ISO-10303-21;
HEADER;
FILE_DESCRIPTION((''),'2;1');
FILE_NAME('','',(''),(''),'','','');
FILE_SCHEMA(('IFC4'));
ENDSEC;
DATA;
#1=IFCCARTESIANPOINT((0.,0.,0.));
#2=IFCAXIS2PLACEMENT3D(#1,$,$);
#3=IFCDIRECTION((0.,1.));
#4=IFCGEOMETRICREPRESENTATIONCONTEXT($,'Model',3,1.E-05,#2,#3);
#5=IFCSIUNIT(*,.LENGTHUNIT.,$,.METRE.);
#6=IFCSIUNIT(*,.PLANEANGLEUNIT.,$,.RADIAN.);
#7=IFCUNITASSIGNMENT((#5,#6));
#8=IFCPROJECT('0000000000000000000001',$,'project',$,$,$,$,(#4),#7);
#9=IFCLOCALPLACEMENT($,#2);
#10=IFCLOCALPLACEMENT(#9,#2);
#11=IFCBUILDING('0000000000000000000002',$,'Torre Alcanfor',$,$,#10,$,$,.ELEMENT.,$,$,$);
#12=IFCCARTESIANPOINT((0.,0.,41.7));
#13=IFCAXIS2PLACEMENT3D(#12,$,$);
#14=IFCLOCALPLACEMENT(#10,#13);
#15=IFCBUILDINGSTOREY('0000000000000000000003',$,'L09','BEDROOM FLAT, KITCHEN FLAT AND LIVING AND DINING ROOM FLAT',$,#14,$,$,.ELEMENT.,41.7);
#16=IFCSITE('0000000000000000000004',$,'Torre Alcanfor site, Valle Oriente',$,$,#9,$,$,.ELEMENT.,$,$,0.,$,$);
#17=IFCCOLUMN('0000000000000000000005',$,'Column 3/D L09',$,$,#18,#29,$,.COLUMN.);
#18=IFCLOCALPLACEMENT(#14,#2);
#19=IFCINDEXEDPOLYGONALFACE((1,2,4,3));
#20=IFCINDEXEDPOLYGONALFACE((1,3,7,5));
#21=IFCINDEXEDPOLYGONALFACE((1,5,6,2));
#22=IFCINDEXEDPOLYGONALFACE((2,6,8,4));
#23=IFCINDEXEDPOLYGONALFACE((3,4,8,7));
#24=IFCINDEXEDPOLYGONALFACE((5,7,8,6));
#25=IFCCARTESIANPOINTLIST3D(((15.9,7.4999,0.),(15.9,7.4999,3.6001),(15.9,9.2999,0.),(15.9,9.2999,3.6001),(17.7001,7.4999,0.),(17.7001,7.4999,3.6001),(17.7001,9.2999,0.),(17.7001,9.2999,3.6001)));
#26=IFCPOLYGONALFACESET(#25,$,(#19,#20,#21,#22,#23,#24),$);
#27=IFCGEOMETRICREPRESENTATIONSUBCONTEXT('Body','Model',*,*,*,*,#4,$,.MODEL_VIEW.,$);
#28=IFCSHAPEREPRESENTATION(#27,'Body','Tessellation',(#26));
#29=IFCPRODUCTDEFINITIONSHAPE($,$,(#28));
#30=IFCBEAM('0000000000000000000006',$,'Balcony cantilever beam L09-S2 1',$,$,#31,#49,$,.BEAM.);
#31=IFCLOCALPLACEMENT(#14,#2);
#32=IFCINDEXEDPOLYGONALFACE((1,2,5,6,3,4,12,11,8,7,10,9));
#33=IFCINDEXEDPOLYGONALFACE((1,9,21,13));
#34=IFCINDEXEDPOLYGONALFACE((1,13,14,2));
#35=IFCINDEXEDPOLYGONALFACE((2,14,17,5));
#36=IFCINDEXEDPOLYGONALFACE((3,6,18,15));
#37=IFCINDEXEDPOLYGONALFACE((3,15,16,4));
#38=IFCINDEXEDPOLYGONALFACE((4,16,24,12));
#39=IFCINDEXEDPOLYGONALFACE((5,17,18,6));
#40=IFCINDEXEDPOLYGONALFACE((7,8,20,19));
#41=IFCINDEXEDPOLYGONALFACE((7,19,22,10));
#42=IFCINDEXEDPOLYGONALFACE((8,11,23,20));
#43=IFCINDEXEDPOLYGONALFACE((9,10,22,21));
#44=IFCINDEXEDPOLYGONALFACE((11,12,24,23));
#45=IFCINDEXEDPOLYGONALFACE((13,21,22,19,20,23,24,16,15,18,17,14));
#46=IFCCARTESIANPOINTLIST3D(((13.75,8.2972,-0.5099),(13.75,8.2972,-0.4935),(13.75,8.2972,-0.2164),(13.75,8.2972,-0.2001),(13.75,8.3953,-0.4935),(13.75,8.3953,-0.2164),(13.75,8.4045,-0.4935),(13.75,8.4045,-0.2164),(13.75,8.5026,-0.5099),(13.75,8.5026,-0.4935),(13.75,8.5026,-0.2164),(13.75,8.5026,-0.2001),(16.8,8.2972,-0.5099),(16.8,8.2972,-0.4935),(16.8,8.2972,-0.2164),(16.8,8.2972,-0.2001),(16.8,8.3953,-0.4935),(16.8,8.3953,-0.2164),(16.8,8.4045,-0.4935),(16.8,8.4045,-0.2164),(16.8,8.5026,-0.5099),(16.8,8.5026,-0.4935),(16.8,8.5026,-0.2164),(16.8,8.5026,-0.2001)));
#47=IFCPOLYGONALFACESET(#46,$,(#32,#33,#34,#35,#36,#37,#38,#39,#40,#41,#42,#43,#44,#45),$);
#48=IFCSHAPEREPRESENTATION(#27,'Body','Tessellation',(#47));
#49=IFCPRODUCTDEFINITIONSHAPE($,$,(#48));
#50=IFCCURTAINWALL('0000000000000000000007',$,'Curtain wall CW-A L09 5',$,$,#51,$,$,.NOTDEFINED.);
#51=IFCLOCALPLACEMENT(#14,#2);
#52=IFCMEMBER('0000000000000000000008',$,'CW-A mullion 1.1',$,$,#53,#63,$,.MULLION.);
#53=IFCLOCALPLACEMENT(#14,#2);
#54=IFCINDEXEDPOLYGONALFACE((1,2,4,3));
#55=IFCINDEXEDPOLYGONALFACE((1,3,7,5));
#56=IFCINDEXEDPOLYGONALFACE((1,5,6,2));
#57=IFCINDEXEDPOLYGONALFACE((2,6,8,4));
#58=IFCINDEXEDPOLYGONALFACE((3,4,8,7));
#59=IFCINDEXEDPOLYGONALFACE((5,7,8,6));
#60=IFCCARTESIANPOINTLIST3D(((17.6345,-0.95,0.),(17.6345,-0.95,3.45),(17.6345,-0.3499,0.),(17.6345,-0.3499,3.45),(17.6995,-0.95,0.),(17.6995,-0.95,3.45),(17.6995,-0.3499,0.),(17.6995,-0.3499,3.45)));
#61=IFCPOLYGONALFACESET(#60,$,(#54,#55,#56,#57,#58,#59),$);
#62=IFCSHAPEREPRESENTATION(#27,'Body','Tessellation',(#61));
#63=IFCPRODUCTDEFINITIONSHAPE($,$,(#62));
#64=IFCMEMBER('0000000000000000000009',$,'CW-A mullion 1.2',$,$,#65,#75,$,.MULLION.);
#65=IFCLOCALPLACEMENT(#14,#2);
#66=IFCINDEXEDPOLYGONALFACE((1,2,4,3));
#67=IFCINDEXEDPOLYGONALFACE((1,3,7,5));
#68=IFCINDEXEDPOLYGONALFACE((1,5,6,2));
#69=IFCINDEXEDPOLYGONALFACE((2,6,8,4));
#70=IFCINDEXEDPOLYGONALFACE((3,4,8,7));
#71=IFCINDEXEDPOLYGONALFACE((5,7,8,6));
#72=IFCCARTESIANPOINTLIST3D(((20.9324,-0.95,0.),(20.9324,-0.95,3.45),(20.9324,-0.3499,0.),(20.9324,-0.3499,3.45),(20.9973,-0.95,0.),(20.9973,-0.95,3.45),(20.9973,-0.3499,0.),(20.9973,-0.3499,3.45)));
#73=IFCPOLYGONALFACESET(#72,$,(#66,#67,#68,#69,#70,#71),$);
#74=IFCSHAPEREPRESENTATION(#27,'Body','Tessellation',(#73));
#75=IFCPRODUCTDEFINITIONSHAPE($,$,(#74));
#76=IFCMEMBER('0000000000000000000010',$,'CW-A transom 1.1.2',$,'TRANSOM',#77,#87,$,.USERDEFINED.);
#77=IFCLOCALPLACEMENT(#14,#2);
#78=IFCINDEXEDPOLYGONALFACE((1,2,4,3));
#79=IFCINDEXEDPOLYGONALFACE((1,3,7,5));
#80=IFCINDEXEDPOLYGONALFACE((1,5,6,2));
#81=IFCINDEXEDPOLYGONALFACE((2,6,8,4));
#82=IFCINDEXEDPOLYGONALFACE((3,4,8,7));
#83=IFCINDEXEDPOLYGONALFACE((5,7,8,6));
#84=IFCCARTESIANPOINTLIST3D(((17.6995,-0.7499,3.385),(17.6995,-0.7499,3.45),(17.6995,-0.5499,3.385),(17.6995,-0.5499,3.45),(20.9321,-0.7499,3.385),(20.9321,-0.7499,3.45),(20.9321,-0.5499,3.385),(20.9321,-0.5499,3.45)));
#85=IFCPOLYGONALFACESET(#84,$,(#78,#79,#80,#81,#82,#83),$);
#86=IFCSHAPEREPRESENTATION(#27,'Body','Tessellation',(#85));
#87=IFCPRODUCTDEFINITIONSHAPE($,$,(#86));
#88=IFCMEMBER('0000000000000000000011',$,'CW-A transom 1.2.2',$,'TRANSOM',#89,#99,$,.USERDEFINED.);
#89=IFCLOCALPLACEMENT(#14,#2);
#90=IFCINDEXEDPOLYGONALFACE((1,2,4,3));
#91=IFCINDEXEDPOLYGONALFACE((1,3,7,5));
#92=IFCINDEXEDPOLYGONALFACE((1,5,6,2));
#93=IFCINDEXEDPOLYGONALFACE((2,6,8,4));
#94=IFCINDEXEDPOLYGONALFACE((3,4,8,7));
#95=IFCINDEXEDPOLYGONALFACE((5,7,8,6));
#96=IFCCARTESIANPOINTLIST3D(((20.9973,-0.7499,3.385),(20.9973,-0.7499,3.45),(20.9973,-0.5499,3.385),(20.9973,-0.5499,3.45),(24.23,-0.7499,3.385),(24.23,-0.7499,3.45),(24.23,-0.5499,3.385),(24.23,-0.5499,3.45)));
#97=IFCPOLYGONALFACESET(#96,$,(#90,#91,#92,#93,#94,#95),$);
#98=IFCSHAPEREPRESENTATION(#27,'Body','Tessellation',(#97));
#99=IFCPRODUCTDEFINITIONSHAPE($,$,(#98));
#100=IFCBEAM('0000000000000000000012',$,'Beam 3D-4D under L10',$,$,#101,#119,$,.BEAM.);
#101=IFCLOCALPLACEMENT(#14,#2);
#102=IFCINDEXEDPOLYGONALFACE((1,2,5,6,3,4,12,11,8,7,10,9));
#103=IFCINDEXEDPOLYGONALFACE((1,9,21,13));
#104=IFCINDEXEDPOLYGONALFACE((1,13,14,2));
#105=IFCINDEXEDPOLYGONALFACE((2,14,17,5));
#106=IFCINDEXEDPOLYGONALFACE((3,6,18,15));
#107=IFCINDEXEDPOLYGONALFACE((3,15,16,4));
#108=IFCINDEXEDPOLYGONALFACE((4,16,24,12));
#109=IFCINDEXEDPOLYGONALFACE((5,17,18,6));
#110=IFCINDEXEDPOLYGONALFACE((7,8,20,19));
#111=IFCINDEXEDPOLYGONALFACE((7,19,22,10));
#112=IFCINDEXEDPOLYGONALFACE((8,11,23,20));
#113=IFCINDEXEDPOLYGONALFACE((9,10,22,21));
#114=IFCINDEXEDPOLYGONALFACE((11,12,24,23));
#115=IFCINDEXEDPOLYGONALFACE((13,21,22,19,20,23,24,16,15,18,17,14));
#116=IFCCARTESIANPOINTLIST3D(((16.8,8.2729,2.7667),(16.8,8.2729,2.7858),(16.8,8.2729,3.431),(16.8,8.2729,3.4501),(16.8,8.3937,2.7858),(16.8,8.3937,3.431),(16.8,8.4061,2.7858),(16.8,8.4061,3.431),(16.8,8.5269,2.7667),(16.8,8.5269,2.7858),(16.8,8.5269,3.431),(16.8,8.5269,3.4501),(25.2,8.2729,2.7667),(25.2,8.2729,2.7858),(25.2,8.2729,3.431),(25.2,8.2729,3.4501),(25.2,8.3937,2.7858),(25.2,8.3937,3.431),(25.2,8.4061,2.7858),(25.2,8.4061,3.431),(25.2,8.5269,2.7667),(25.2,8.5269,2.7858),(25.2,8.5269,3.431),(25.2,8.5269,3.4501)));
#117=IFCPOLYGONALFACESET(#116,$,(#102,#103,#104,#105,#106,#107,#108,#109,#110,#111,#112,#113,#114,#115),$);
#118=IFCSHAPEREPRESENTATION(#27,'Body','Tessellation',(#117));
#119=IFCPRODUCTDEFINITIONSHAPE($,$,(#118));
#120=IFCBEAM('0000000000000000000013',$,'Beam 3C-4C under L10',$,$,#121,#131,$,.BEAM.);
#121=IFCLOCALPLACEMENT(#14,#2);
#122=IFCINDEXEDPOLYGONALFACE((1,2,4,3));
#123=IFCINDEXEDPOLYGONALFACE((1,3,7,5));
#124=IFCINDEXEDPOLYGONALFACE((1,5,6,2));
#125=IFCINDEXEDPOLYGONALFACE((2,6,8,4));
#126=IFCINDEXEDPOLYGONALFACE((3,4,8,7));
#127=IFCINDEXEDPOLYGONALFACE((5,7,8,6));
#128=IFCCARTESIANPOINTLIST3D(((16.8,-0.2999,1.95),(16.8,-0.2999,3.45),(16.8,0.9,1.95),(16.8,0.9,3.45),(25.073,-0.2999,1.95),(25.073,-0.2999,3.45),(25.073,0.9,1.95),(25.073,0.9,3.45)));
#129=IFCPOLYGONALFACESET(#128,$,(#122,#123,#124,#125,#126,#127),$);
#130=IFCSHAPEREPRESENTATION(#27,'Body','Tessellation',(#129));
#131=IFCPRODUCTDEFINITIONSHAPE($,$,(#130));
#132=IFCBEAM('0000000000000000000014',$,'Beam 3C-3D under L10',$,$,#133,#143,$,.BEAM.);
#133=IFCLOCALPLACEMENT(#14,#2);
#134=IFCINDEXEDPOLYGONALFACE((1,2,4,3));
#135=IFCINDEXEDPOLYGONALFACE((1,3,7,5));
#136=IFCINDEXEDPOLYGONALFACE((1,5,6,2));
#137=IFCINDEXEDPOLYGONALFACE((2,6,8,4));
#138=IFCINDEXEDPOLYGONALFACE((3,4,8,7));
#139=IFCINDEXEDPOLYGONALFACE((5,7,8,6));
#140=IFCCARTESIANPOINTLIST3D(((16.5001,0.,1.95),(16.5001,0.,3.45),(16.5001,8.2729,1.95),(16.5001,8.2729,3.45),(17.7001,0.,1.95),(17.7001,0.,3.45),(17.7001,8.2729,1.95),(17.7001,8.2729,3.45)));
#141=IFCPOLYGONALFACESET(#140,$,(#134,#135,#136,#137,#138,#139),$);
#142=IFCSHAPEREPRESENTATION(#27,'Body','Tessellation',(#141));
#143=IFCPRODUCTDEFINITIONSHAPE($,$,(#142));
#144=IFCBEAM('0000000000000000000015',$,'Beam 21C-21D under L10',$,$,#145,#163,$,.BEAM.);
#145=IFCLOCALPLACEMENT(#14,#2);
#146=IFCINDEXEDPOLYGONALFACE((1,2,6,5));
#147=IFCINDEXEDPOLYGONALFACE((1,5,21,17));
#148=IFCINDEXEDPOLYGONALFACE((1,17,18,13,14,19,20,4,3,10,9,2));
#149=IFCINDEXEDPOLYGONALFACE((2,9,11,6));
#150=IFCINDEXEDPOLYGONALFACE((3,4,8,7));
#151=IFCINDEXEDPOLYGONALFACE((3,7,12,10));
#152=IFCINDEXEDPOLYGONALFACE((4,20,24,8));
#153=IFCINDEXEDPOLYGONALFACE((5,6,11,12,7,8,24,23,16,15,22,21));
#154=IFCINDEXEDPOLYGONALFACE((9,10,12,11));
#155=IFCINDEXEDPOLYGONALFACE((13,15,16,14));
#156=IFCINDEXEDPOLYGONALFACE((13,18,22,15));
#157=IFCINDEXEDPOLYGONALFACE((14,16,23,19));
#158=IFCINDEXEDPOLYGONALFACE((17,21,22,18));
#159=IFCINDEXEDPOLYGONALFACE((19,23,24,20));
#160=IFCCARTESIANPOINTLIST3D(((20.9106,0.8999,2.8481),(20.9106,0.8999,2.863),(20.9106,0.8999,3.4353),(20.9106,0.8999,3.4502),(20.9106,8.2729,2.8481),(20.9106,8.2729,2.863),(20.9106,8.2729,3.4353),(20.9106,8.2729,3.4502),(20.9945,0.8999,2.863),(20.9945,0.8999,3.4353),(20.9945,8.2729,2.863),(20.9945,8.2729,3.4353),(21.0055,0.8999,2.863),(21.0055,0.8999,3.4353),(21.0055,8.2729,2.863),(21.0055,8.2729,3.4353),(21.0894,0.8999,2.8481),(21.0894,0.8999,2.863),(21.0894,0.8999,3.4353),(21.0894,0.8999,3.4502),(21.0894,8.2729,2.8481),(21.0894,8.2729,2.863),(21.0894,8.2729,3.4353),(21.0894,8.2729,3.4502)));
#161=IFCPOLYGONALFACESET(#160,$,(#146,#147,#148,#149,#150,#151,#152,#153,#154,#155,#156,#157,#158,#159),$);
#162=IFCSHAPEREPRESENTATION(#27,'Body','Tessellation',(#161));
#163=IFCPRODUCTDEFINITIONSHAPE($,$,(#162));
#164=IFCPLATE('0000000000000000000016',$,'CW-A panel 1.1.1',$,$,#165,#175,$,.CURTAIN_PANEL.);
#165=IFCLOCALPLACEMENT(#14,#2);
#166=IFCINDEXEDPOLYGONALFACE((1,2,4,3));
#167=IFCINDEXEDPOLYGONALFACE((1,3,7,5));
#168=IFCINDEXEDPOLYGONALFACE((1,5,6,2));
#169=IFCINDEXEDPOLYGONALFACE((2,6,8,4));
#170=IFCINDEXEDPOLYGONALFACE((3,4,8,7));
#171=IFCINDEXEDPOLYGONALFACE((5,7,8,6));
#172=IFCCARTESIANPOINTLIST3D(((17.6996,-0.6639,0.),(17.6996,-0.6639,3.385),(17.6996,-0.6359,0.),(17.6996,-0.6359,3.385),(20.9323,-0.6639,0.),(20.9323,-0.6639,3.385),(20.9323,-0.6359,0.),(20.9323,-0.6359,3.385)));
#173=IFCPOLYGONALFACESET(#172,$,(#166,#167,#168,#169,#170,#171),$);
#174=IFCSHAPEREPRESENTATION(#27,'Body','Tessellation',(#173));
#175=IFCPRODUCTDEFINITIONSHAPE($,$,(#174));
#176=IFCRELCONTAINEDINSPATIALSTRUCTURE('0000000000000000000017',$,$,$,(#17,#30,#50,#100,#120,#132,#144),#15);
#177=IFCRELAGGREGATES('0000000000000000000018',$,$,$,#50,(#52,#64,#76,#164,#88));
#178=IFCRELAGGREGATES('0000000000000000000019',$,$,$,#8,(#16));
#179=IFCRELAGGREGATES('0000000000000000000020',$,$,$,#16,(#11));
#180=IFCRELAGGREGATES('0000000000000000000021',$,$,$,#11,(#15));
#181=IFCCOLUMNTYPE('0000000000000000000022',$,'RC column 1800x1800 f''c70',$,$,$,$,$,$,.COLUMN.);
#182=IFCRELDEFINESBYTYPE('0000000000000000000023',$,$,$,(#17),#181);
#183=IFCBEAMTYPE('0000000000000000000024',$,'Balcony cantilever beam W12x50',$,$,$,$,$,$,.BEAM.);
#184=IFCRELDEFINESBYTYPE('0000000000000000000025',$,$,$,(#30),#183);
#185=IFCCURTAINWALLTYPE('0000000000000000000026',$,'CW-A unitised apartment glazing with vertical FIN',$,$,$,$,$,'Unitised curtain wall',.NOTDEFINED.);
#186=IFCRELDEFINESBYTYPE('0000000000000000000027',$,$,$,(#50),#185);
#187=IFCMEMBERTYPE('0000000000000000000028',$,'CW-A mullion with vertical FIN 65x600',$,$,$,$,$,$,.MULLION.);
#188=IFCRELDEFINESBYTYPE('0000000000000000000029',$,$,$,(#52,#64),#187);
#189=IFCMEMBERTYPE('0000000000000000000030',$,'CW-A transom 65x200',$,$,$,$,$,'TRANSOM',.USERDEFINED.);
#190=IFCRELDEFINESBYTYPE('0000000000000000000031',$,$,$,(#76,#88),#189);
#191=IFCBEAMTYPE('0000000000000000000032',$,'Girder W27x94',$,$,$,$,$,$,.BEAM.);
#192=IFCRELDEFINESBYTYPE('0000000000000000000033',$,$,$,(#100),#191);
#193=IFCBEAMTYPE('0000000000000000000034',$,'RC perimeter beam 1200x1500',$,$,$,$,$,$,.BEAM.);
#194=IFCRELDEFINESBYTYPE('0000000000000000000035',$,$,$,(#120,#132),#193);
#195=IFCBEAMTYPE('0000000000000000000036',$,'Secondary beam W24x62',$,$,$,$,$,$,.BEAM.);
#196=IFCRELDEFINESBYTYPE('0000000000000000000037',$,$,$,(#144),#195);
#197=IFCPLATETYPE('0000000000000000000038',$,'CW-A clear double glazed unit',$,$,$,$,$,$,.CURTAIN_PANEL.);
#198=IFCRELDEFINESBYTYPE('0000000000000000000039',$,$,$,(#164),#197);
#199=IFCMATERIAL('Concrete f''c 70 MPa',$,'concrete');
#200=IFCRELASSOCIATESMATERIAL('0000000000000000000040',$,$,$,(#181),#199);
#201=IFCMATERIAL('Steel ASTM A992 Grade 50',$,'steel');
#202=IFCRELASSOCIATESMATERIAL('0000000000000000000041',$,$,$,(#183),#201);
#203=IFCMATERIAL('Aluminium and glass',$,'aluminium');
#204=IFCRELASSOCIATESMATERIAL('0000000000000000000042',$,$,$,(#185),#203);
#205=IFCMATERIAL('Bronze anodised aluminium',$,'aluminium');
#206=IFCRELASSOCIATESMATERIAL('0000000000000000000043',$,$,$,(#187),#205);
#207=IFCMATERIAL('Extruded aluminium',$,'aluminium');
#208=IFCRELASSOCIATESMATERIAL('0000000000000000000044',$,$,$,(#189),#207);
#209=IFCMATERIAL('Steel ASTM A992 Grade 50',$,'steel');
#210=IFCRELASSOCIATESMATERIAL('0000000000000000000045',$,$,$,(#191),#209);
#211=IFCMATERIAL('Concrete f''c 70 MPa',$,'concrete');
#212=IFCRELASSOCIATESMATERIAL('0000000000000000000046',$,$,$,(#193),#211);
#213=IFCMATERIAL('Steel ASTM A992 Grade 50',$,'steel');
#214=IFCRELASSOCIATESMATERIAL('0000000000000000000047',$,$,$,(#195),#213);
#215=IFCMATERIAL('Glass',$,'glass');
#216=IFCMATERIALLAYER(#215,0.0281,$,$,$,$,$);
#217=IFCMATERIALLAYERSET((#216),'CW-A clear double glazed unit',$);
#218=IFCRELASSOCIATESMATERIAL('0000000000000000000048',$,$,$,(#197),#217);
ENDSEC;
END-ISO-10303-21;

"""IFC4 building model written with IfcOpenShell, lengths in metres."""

from ifc_helpers import new_model, si_unit, direction, frame, origin, origin_2d, place, context, subcontext, project, spatial, rectangle, i_section, extrude, material, layer, layer_set, material_profile, profile_set, type_object, element, aggregate, save


model = new_model("IFC4")

# Units and contexts
model_context = context("Model", 3, precision=1e-05, world=origin(), true_north=direction((0.0, 1.0)))
body_context = subcontext(model_context, "Body", "Model", "MODEL_VIEW")
ifc_project = project(units=[si_unit("LENGTHUNIT", "METRE"), si_unit("PLANEANGLEUNIT", "RADIAN")], contexts=[model_context])

# Site, building, storey
site_placement = place(None, origin())
site = spatial("IfcSite", under=ifc_project, at=site_placement, Name="Torre Alcanfor site, Valle Oriente", CompositionType="ELEMENT", RefElevation=0.0)
building_placement = place(site_placement, origin())
building = spatial("IfcBuilding", under=site, at=building_placement, Name="Torre Alcanfor", CompositionType="ELEMENT")
storey_placement = place(building_placement, frame((0.0, 0.0, 41.7)))
storey = spatial("IfcBuildingStorey", under=building, at=storey_placement, Name="L09", Description="BEDROOM FLAT, KITCHEN FLAT AND LIVING AND DINING ROOM FLAT", CompositionType="ELEMENT", Elevation=41.7)

# Column
ifc_material_1 = material(Name="Concrete f'c 70 MPa", Category="concrete")
ifc_material_profile_1 = material_profile(ifc_material_1, rectangle(XDim=1.8, YDim=1.8, at=origin_2d()), Name="1800x1800")
ifc_profile_set_1 = profile_set([ifc_material_profile_1], Name="Concrete f'c 70 MPa")
column_type = type_object("IfcColumnType", Name="RC column 1800x1800 f'c70", PredefinedType="COLUMN", material=ifc_profile_set_1)
column_placement = place(storey_placement, frame((16.8, 8.3999, 0.0), z_axis=(0.0, 0.0, 1.0), x_axis=(1.0, 0.0, 0.0)))
element("IfcColumn", 1, at=column_placement, inside=storey, type_object=column_type, Name="Column 3/D L09", PredefinedType="COLUMN", context=body_context, shape_type="SweptSolid", body=[
    extrude(rectangle(XDim=1.8, YDim=1.8, at=origin_2d()), origin(), (0.0, 0.0, 1.0), 3.6001),
])

# Beam
ifc_material_2 = material(Name="Steel ASTM A992 Grade 50", Category="steel")
ifc_material_profile_2 = material_profile(ifc_material_2, i_section(OverallWidth=0.2053, OverallDepth=0.3098, WebThickness=0.0093, FlangeThickness=0.0164, at=origin_2d()), Name="W12x50")
ifc_profile_set_2 = profile_set([ifc_material_profile_2], Name="Steel ASTM A992 Grade 50")
beam_type_1 = type_object("IfcBeamType", Name="Balcony cantilever beam W12x50", PredefinedType="BEAM", material=ifc_profile_set_2)
beam_1_placement = place(storey_placement, frame((16.8, 8.3999, -0.355), z_axis=(-1.0, 0.0, 0.0), x_axis=(0.0, -1.0, 0.0)))
element("IfcBeam", 2, at=beam_1_placement, inside=storey, type_object=beam_type_1, Name="Balcony cantilever beam L09-S2 1", PredefinedType="BEAM", context=body_context, shape_type="SweptSolid", body=[
    extrude(i_section(OverallWidth=0.2053, OverallDepth=0.3098, WebThickness=0.0093, FlangeThickness=0.0164, at=origin_2d()), origin(), (0.0, 0.0, 1.0), 3.05),
])

# Curtain wall, members
ifc_material_3 = material(Name="Aluminium and glass", Category="aluminium")
curtain_wall_type = type_object("IfcCurtainWallType", Name="CW-A unitised apartment glazing with vertical FIN", ElementType="Unitised curtain wall", PredefinedType="NOTDEFINED", material=ifc_material_3)
curtain_wall_placement = place(storey_placement, origin())
curtain_wall = element("IfcCurtainWall", 3, at=curtain_wall_placement, inside=storey, type_object=curtain_wall_type, Name="Curtain wall CW-A L09 5", PredefinedType="NOTDEFINED")
ifc_material_4 = material(Name="Bronze anodised aluminium", Category="aluminium")
ifc_material_profile_3 = material_profile(ifc_material_4, rectangle(XDim=0.6001, YDim=0.0649, at=origin_2d()), Name="CW-A mullion 65x600")
ifc_profile_set_3 = profile_set([ifc_material_profile_3], Name="Bronze anodised aluminium")
member_type_1 = type_object("IfcMemberType", Name="CW-A mullion with vertical FIN 65x600", PredefinedType="MULLION", material=ifc_profile_set_3)
member_1_placement = place(storey_placement, frame((17.667, -0.6499, 0.0), z_axis=(0.0, 0.0, 1.0), x_axis=(0.0, 1.0, 0.0)))
member_1 = element("IfcMember", 4, at=member_1_placement, type_object=member_type_1, Name="CW-A mullion 1.1", PredefinedType="MULLION", context=body_context, shape_type="SweptSolid", body=[
    extrude(rectangle(XDim=0.6001, YDim=0.0649, at=origin_2d()), origin(), (0.0, 0.0, 1.0), 3.45),
])
member_2_placement = place(storey_placement, frame((20.9648, -0.6499, 0.0), z_axis=(0.0, 0.0, 1.0), x_axis=(0.0, 1.0, 0.0)))
member_2 = element("IfcMember", 5, at=member_2_placement, type_object=member_type_1, Name="CW-A mullion 1.2", PredefinedType="MULLION", context=body_context, shape_type="SweptSolid", body=[
    extrude(rectangle(XDim=0.6001, YDim=0.0649, at=origin_2d()), origin(), (0.0, 0.0, 1.0), 3.45),
])
ifc_material_5 = material(Name="Extruded aluminium", Category="aluminium")
ifc_material_profile_4 = material_profile(ifc_material_5, rectangle(XDim=0.2, YDim=0.0649, at=origin_2d()), Name="CW-A transom 200x65")
ifc_profile_set_4 = profile_set([ifc_material_profile_4], Name="Extruded aluminium")
member_type_2 = type_object("IfcMemberType", Name="CW-A transom 65x200", ElementType="TRANSOM", PredefinedType="USERDEFINED", material=ifc_profile_set_4)
member_3_placement = place(storey_placement, frame((17.6995, -0.6499, 3.4175), z_axis=(1.0, 0.0, 0.0), x_axis=(0.0, 1.0, 0.0)))
member_3 = element("IfcMember", 6, at=member_3_placement, type_object=member_type_2, Name="CW-A transom 1.1.2", ObjectType="TRANSOM", PredefinedType="USERDEFINED", context=body_context, shape_type="SweptSolid", body=[
    extrude(rectangle(XDim=0.2, YDim=0.0649, at=origin_2d()), origin(), (0.0, 0.0, 1.0), 3.2327),
])
member_4_placement = place(storey_placement, frame((20.9973, -0.6499, 3.4175), z_axis=(1.0, 0.0, 0.0), x_axis=(0.0, 1.0, 0.0)))
member_4 = element("IfcMember", 7, at=member_4_placement, type_object=member_type_2, Name="CW-A transom 1.2.2", ObjectType="TRANSOM", PredefinedType="USERDEFINED", context=body_context, shape_type="SweptSolid", body=[
    extrude(rectangle(XDim=0.2, YDim=0.0649, at=origin_2d()), origin(), (0.0, 0.0, 1.0), 3.2327),
])

# Beams
ifc_material_6 = material(Name="Steel ASTM A992 Grade 50", Category="steel")
ifc_material_profile_5 = material_profile(ifc_material_6, i_section(OverallWidth=0.2539, OverallDepth=0.6833, WebThickness=0.0125, FlangeThickness=0.019, at=origin_2d()), Name="W27x94")
ifc_profile_set_5 = profile_set([ifc_material_profile_5], Name="Steel ASTM A992 Grade 50")
beam_type_2 = type_object("IfcBeamType", Name="Girder W27x94", PredefinedType="BEAM", material=ifc_profile_set_5)
beam_2_placement = place(storey_placement, frame((16.8, 8.3999, 3.1084), z_axis=(1.0, 0.0, 0.0), x_axis=(0.0, 1.0, 0.0)))
element("IfcBeam", 8, at=beam_2_placement, inside=storey, type_object=beam_type_2, Name="Beam 3D-4D under L10", PredefinedType="BEAM", context=body_context, shape_type="SweptSolid", body=[
    extrude(i_section(OverallWidth=0.2539, OverallDepth=0.6833, WebThickness=0.0125, FlangeThickness=0.019, at=origin_2d()), origin(), (0.0, 0.0, 1.0), 8.3999),
])
ifc_material_7 = material(Name="Concrete f'c 70 MPa", Category="concrete")
ifc_material_profile_6 = material_profile(ifc_material_7, rectangle(XDim=1.2, YDim=1.5, at=origin_2d()), Name="1200x1500")
ifc_profile_set_6 = profile_set([ifc_material_profile_6], Name="Concrete f'c 70 MPa")
beam_type_3 = type_object("IfcBeamType", Name="RC perimeter beam 1200x1500", PredefinedType="BEAM", material=ifc_profile_set_6)
for number, where, z_axis, x_axis, name in (
    (9, (16.8, 0.3, 2.7), (1.0, 0.0, 0.0), (0.0, 1.0, 0.0), "Beam 3C-4C under L10"),
    (10, (17.1001, 0.0, 2.7), (0.0, 1.0, 0.0), (-1.0, 0.0, 0.0), "Beam 3C-3D under L10"),
):
    element("IfcBeam", number, at=place(storey_placement, frame(where, z_axis=z_axis, x_axis=x_axis)), inside=storey, type_object=beam_type_3, Name=name, PredefinedType="BEAM", context=body_context, shape_type="SweptSolid", body=[
        extrude(rectangle(XDim=1.2, YDim=1.5, at=origin_2d()), origin(), (0.0, 0.0, 1.0), 8.2729),
    ])
ifc_material_8 = material(Name="Steel ASTM A992 Grade 50", Category="steel")
ifc_material_profile_7 = material_profile(ifc_material_8, i_section(OverallWidth=0.1787, OverallDepth=0.6021, WebThickness=0.011, FlangeThickness=0.0149, at=origin_2d()), Name="W24x62")
ifc_profile_set_7 = profile_set([ifc_material_profile_7], Name="Steel ASTM A992 Grade 50")
beam_type_4 = type_object("IfcBeamType", Name="Secondary beam W24x62", PredefinedType="BEAM", material=ifc_profile_set_7)
beam_3_placement = place(storey_placement, frame((21.0, 0.8999, 3.1492), z_axis=(0.0, 1.0, 0.0), x_axis=(-1.0, 0.0, 0.0)))
element("IfcBeam", 11, at=beam_3_placement, inside=storey, type_object=beam_type_4, Name="Beam 21C-21D under L10", PredefinedType="BEAM", context=body_context, shape_type="SweptSolid", body=[
    extrude(i_section(OverallWidth=0.1787, OverallDepth=0.6021, WebThickness=0.011, FlangeThickness=0.0149, at=origin_2d()), origin(), (0.0, 0.0, 1.0), 7.373),
])

# Plate
ifc_material_9 = material(Name="Glass", Category="glass")
ifc_layer_1 = layer(ifc_material_9, 0.0281)
ifc_layer_set_1 = layer_set([ifc_layer_1], Name="CW-A clear double glazed unit")
plate_type = type_object("IfcPlateType", Name="CW-A clear double glazed unit", PredefinedType="CURTAIN_PANEL", material=ifc_layer_set_1)
plate_1_placement = place(storey_placement, frame((19.3159, -0.6499, 0.0), z_axis=(0.0, 0.0, 1.0), x_axis=(1.0, 0.0, 0.0)))
plate_1 = element("IfcPlate", 12, at=plate_1_placement, type_object=plate_type, Name="CW-A panel 1.1.1", PredefinedType="CURTAIN_PANEL", context=body_context, shape_type="SweptSolid", body=[
    extrude(rectangle(XDim=3.2327, YDim=0.0281, at=origin_2d()), origin(), (0.0, 0.0, 1.0), 3.385),
])
aggregate(curtain_wall, [member_1, member_2, member_3, plate_1, member_4])

save(model, "model.ifc")
